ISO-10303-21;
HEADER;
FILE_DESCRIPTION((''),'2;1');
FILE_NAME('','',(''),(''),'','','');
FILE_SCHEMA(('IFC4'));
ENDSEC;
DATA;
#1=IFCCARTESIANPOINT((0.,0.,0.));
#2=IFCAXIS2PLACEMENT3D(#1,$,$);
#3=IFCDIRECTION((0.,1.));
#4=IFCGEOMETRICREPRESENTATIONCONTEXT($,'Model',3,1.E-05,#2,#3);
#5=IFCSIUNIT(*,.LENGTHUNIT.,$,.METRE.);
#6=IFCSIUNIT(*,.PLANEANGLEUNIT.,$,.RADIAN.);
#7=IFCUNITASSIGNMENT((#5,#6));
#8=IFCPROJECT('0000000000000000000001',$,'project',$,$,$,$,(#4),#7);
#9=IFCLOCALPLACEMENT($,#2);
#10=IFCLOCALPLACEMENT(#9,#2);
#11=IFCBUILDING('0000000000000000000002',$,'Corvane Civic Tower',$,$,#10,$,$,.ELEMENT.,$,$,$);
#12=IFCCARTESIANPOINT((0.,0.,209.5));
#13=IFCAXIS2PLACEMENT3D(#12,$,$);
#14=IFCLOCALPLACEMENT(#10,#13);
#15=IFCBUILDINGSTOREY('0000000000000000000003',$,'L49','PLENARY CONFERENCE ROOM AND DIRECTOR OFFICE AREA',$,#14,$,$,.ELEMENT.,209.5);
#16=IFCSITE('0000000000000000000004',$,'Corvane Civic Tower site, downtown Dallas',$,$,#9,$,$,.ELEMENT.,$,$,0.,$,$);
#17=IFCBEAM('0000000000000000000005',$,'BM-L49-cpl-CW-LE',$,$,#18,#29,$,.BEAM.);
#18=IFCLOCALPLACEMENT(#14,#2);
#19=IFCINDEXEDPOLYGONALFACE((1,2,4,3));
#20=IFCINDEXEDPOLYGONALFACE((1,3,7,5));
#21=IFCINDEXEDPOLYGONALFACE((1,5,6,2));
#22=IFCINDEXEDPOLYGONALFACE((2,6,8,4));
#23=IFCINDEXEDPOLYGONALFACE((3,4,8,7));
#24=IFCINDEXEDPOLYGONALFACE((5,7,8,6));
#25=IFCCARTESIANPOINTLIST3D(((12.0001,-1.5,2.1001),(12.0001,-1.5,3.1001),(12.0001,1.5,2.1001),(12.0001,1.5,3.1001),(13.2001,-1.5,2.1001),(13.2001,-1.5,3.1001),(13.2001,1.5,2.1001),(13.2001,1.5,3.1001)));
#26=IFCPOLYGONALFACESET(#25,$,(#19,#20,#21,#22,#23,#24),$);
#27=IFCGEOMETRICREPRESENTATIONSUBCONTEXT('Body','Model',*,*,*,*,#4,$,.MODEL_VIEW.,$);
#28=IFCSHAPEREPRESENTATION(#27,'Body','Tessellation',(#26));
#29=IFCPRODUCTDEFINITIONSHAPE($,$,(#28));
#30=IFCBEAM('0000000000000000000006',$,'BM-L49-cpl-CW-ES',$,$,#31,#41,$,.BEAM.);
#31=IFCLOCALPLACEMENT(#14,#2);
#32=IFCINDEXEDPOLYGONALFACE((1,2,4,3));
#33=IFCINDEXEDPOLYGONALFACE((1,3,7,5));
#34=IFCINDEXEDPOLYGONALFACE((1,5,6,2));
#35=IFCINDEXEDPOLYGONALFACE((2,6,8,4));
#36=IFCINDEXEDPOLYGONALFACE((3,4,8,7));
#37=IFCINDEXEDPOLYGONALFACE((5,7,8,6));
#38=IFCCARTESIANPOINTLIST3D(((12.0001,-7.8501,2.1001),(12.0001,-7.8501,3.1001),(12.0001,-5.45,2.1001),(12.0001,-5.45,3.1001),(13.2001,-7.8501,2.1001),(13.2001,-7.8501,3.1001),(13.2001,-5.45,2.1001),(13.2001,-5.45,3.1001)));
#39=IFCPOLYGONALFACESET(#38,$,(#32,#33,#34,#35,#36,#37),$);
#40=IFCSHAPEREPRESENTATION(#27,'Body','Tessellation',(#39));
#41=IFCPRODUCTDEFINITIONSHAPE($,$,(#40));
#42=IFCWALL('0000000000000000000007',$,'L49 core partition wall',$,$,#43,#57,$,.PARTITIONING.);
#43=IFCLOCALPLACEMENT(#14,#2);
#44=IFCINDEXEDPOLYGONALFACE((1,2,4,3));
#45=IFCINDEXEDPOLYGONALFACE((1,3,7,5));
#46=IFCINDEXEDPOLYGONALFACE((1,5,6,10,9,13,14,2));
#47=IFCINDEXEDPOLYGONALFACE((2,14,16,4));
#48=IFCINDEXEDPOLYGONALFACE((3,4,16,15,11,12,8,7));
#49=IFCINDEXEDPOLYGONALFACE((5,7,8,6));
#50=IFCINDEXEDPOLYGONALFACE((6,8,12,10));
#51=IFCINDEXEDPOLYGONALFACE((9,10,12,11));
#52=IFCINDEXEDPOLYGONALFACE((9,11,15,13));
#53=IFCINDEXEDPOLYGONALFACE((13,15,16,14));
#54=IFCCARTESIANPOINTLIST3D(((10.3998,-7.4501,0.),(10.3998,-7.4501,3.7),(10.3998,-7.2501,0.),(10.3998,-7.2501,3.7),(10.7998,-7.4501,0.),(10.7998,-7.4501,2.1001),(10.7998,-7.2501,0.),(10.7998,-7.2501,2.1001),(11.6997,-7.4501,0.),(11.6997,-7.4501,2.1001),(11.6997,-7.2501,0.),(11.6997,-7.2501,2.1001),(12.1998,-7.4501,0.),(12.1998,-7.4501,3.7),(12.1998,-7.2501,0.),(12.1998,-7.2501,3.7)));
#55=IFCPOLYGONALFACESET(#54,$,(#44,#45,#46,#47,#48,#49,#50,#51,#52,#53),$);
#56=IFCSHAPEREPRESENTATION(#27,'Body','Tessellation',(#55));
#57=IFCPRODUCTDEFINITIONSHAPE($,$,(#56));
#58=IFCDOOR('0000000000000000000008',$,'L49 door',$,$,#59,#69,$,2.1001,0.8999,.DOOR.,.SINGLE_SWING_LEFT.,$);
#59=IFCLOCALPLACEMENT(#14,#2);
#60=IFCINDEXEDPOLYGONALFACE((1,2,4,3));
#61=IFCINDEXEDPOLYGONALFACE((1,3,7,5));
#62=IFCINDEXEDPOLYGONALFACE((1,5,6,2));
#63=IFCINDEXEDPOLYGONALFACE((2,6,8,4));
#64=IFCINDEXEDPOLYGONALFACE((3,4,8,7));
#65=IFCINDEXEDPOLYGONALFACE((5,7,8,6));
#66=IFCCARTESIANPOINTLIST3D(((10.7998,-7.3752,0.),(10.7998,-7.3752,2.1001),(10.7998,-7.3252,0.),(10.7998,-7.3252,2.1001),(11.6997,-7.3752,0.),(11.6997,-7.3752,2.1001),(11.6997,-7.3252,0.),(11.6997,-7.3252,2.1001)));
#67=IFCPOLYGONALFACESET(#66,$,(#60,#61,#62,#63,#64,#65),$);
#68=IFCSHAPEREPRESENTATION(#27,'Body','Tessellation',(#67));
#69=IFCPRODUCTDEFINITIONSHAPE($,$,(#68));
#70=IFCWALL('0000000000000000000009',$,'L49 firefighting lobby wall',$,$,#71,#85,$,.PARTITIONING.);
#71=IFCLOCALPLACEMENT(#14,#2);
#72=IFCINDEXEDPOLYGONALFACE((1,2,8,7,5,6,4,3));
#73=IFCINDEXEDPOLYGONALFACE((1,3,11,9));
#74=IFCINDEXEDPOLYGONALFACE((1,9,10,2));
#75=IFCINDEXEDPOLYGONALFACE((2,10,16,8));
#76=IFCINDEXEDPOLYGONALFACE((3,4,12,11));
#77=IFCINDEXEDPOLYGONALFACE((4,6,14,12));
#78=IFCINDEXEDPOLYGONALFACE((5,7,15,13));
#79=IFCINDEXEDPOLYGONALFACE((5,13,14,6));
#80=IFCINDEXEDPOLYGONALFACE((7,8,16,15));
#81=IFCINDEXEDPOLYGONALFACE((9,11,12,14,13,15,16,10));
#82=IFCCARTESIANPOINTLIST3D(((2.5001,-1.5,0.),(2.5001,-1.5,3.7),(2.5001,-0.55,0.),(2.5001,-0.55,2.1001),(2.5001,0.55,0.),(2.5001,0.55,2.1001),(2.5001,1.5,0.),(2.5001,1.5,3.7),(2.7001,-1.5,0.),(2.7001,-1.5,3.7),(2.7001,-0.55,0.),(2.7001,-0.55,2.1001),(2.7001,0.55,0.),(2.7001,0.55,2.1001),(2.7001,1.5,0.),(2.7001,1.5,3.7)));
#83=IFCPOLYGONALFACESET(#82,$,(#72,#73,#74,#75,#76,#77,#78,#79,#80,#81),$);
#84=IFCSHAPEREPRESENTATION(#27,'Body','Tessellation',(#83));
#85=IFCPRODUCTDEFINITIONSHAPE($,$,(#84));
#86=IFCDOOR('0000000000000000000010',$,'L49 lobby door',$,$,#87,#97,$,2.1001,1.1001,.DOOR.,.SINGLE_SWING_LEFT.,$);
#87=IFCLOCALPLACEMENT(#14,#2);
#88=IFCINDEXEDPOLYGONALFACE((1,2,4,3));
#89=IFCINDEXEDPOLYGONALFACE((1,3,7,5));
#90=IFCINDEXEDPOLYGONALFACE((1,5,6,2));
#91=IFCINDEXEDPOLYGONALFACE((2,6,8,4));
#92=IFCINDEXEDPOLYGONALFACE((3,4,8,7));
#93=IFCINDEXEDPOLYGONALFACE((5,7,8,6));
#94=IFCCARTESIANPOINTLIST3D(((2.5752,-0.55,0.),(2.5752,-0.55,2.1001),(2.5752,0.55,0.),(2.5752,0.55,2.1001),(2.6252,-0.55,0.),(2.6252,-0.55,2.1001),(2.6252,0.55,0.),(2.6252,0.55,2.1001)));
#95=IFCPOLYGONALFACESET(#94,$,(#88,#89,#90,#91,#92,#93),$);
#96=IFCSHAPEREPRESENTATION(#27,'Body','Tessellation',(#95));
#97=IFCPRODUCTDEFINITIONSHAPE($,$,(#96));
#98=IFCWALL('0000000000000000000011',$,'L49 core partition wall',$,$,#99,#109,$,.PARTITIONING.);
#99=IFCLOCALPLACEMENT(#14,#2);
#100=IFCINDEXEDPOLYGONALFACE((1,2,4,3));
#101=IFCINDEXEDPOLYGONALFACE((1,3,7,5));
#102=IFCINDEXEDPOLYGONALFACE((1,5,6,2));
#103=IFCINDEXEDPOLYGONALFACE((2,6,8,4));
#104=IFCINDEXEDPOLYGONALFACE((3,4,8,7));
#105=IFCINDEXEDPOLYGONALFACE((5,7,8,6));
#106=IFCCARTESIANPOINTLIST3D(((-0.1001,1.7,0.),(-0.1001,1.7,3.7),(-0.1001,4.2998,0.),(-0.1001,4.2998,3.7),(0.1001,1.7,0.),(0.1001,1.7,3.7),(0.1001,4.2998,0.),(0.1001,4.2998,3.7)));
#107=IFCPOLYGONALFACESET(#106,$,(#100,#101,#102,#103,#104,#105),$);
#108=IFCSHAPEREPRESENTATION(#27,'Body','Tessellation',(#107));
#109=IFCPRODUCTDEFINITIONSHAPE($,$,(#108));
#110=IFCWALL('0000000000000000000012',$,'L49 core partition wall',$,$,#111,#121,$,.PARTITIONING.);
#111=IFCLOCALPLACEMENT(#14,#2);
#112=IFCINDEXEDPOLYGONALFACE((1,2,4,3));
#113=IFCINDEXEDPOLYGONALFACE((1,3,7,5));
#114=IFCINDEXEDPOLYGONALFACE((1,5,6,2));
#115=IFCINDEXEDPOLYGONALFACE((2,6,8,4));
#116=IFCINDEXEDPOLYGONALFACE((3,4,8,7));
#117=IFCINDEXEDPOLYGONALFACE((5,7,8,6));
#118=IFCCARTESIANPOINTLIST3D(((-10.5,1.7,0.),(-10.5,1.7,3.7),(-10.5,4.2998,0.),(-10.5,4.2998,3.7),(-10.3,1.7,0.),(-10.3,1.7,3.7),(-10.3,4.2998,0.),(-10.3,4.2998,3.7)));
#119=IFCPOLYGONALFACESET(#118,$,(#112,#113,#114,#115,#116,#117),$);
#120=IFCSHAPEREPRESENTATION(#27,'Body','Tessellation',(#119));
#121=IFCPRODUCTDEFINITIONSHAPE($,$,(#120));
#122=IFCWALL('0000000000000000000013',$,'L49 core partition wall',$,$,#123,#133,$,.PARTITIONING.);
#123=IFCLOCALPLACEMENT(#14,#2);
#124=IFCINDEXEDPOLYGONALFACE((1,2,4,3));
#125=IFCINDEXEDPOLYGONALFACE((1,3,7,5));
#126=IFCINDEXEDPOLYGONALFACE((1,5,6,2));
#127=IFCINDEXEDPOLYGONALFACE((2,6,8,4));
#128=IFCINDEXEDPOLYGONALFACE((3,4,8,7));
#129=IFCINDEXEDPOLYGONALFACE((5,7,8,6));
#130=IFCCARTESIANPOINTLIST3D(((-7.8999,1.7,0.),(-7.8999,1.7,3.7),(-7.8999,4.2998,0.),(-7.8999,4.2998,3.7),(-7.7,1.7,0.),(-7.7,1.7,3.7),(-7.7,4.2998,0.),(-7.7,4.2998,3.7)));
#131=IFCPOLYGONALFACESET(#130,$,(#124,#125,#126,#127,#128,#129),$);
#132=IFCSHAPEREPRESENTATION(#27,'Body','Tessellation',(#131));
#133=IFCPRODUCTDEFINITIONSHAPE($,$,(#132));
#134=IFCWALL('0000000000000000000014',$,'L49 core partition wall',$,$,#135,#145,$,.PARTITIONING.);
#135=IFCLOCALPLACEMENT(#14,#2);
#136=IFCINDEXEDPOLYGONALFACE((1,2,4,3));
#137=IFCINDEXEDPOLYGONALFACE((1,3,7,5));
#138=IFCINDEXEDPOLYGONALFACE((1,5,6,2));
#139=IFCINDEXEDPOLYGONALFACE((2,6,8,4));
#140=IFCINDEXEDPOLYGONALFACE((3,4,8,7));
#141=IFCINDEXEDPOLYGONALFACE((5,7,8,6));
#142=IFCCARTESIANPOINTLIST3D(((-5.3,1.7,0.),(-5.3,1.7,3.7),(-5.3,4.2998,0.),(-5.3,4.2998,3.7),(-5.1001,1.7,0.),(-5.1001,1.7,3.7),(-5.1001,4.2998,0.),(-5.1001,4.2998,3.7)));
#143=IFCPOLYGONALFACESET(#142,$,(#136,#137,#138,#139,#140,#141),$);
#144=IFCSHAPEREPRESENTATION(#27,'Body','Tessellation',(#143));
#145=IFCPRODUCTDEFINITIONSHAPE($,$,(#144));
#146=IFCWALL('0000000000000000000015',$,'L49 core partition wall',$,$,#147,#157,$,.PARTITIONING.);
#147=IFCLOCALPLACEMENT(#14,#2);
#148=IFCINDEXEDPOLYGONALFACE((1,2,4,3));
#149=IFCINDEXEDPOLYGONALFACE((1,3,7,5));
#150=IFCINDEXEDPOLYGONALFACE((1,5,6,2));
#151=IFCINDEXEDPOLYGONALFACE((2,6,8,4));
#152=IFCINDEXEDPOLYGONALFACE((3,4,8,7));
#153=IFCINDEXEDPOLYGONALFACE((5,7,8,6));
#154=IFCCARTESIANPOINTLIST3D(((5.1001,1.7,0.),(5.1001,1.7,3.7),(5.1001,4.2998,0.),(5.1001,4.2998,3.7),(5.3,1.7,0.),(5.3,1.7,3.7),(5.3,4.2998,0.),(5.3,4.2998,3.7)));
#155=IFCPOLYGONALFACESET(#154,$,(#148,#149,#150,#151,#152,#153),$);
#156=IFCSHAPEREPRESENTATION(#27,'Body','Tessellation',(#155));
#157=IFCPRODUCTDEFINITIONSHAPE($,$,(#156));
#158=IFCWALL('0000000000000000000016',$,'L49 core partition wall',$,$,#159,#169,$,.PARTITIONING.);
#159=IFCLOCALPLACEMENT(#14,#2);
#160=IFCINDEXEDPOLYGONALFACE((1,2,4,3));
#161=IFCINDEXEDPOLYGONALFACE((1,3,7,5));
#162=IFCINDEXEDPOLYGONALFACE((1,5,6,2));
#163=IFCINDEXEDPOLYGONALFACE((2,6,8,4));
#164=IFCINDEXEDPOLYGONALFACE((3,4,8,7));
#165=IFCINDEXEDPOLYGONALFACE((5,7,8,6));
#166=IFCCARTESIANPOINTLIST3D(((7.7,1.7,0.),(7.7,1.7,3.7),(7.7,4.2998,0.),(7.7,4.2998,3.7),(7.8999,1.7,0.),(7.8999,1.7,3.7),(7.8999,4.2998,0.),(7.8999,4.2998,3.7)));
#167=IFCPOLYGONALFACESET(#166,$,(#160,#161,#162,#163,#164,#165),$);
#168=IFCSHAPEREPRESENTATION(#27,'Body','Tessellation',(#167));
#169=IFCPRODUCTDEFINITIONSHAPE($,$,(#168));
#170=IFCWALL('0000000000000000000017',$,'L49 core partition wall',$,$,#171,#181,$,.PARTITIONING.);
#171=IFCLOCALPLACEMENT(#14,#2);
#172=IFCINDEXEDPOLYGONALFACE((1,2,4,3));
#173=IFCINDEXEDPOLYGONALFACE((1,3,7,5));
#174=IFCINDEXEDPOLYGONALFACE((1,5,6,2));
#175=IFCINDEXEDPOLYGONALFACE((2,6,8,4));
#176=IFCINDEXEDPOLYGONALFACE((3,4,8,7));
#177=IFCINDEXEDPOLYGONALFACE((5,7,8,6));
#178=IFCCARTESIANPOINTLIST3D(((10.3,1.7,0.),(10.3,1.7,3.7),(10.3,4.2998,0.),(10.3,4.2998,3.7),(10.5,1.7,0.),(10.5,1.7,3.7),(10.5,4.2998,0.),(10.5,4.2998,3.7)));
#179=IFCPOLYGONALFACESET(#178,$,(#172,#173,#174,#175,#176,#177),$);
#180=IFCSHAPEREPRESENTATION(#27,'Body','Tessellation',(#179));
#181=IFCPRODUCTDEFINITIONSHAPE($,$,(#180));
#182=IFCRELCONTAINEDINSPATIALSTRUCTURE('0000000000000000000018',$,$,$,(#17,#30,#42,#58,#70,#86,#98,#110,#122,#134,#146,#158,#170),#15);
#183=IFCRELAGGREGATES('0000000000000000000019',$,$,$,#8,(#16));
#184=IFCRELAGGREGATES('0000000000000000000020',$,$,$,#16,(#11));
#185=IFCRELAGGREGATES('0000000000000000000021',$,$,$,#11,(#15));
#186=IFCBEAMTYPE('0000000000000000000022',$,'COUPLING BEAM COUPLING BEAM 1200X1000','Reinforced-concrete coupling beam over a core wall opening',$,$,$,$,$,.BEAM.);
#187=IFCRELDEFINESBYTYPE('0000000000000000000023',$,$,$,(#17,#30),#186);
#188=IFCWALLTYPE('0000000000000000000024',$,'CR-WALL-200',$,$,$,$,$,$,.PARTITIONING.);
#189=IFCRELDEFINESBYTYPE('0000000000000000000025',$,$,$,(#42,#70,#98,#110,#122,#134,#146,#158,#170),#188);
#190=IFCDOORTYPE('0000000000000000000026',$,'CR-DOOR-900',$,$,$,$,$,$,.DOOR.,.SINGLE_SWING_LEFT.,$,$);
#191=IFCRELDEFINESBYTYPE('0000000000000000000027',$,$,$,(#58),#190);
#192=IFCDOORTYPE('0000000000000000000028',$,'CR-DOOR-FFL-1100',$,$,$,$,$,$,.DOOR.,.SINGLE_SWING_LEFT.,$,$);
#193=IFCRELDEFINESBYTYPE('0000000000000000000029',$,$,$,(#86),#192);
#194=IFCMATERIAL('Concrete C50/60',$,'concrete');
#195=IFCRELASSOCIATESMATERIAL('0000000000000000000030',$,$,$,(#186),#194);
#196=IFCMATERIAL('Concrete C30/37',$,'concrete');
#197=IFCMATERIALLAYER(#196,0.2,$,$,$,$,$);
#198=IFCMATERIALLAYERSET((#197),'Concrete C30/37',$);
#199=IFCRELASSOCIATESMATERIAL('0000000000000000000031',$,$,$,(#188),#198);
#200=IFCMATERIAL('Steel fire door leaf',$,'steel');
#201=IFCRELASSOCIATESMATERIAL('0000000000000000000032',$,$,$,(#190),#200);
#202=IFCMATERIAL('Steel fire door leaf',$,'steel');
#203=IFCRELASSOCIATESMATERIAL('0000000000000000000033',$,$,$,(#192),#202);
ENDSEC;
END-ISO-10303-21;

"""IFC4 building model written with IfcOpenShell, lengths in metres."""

from ifc_helpers import new_model, si_unit, direction, frame, frame_2d, origin, origin_2d, place, context, subcontext, project, spatial, polyline, rectangle, outline, extrude, material, layer, layer_set, material_profile, profile_set, type_object, element, fill, save


model = new_model("IFC4")

# Units and contexts
model_context = context("Model", 3, precision=1e-05, world=origin(), true_north=direction((0.0, 1.0)))
body_context = subcontext(model_context, "Body", "Model", "MODEL_VIEW")
ifc_project = project(units=[si_unit("LENGTHUNIT", "METRE"), si_unit("PLANEANGLEUNIT", "RADIAN")], contexts=[model_context])

# Site, building, storey
site_placement = place(None, origin())
site = spatial("IfcSite", under=ifc_project, at=site_placement, Name="Corvane Civic Tower site, downtown Dallas", CompositionType="ELEMENT", RefElevation=0.0)
building_placement = place(site_placement, origin())
building = spatial("IfcBuilding", under=site, at=building_placement, Name="Corvane Civic Tower", CompositionType="ELEMENT")
storey_placement = place(building_placement, frame((0.0, 0.0, 209.5)))
storey = spatial("IfcBuildingStorey", under=building, at=storey_placement, Name="L49", Description="PLENARY CONFERENCE ROOM AND DIRECTOR OFFICE AREA", CompositionType="ELEMENT", Elevation=209.5)

# Beams
ifc_material_1 = material(Name="Concrete C50/60", Category="concrete")
ifc_material_profile = material_profile(ifc_material_1, rectangle(XDim=1.2, YDim=1.0, at=origin_2d()), Name="COUPLING BEAM 1200X1000")
ifc_profile_set = profile_set([ifc_material_profile], Name="Concrete C50/60")
beam_type = type_object("IfcBeamType", Name="COUPLING BEAM COUPLING BEAM 1200X1000", Description="Reinforced-concrete coupling beam over a core wall opening", PredefinedType="BEAM", material=ifc_profile_set)
beam_1_placement = place(storey_placement, frame((12.6001, -1.5, 2.6001), z_axis=(0.0, 1.0, 0.0), x_axis=(-1.0, 0.0, 0.0)))
element("IfcBeam", 1, at=beam_1_placement, inside=storey, type_object=beam_type, Name="BM-L49-cpl-CW-LE", PredefinedType="BEAM", context=body_context, shape_type="SweptSolid", body=[
    extrude(rectangle(XDim=1.2, YDim=1.0, at=origin_2d()), origin(), (0.0, 0.0, 1.0), 3.0),
])
beam_2_placement = place(storey_placement, frame((12.6001, -7.8501, 2.6001), z_axis=(0.0, 1.0, 0.0), x_axis=(-1.0, 0.0, 0.0)))
element("IfcBeam", 2, at=beam_2_placement, inside=storey, type_object=beam_type, Name="BM-L49-cpl-CW-ES", PredefinedType="BEAM", context=body_context, shape_type="SweptSolid", body=[
    extrude(rectangle(XDim=1.2, YDim=1.0, at=origin_2d()), origin(), (0.0, 0.0, 1.0), 2.4001),
])

# Walls, openings, doors
ifc_material_2 = material(Name="Concrete C30/37", Category="concrete")
ifc_layer_1 = layer(ifc_material_2, 0.2)
ifc_layer_set_1 = layer_set([ifc_layer_1], Name="Concrete C30/37")
wall_type_1 = type_object("IfcWallType", Name="CR-WALL-200", PredefinedType="PARTITIONING", material=ifc_layer_set_1)
wall_1_placement = place(storey_placement, frame((10.3999, -7.3501, 0.0), z_axis=(0.0, 0.0, 1.0), x_axis=(1.0, 0.0, 0.0)))
wall_1 = element("IfcWall", 3, at=wall_1_placement, inside=storey, type_object=wall_type_1, Name="L49 core partition wall", PredefinedType="PARTITIONING", context=body_context, shape_type="SweptSolid", body=[
    extrude(rectangle(XDim=1.8, YDim=0.2, at=frame_2d((0.8999, 0.0))), origin(), (0.0, 0.0, 1.0), 3.7),
])
opening_1_placement = place(wall_1_placement, frame((0.3999, 0.0, 0.0)))
opening_1 = element("IfcOpeningElement", 4, at=opening_1_placement, cuts=wall_1, PredefinedType="OPENING", context=body_context, shape_type="SweptSolid", body=[
    extrude(rectangle(XDim=0.8999, YDim=2.1001, at=frame_2d((0.45, 1.05))), frame((0.0, 0.1099, 0.0), z_axis=(0.0, -1.0, 0.0), x_axis=(1.0, 0.0, 0.0)), (0.0, 0.0, 1.0), 0.22),
])
ifc_material_3 = material(Name="Steel fire door leaf", Category="steel")
door_type_1 = type_object("IfcDoorType", Name="CR-DOOR-900", OperationType="SINGLE_SWING_LEFT", PredefinedType="DOOR", material=ifc_material_3)
door_1_placement = place(opening_1_placement, origin())
door_1 = element("IfcDoor", 5, at=door_1_placement, inside=storey, type_object=door_type_1, Name="L49 door", OperationType="SINGLE_SWING_LEFT", OverallHeight=2.1001, OverallWidth=0.8999, PredefinedType="DOOR", context=body_context, shape_type="SweptSolid", body=[
    extrude(rectangle(XDim=0.8999, YDim=2.1001, at=frame_2d((0.45, 1.05))), frame((0.0, 0.0249, 0.0), z_axis=(0.0, -1.0, 0.0), x_axis=(1.0, 0.0, 0.0)), (0.0, 0.0, 1.0), 0.05),
])
fill(opening_1, door_1)
wall_2_placement = place(storey_placement, frame((2.6001, -1.5, 0.0), z_axis=(0.0, 0.0, 1.0), x_axis=(0.0, 1.0, 0.0)))
wall_2 = element("IfcWall", 6, at=wall_2_placement, inside=storey, type_object=wall_type_1, Name="L49 firefighting lobby wall", PredefinedType="PARTITIONING", context=body_context, shape_type="SweptSolid", body=[
    extrude(rectangle(XDim=3.0, YDim=0.2, at=frame_2d((1.5, 0.0))), origin(), (0.0, 0.0, 1.0), 3.7),
])
opening_2_placement = place(wall_2_placement, frame((0.95, 0.0, 0.0)))
opening_2 = element("IfcOpeningElement", 7, at=opening_2_placement, cuts=wall_2, PredefinedType="OPENING", context=body_context, shape_type="SweptSolid", body=[
    extrude(rectangle(XDim=1.1001, YDim=2.1001, at=frame_2d((0.55, 1.05))), frame((0.0, 0.1099, 0.0), z_axis=(0.0, -1.0, 0.0), x_axis=(1.0, 0.0, 0.0)), (0.0, 0.0, 1.0), 0.22),
])
ifc_material_4 = material(Name="Steel fire door leaf", Category="steel")
door_type_2 = type_object("IfcDoorType", Name="CR-DOOR-FFL-1100", OperationType="SINGLE_SWING_LEFT", PredefinedType="DOOR", material=ifc_material_4)
door_2_placement = place(opening_2_placement, origin())
door_2 = element("IfcDoor", 8, at=door_2_placement, inside=storey, type_object=door_type_2, Name="L49 lobby door", OperationType="SINGLE_SWING_LEFT", OverallHeight=2.1001, OverallWidth=1.1001, PredefinedType="DOOR", context=body_context, shape_type="SweptSolid", body=[
    extrude(rectangle(XDim=1.1001, YDim=2.1001, at=frame_2d((0.55, 1.05))), frame((0.0, 0.0249, 0.0), z_axis=(0.0, -1.0, 0.0), x_axis=(1.0, 0.0, 0.0)), (0.0, 0.0, 1.0), 0.05),
])
fill(opening_2, door_2)

# Walls
wall_3_placement = place(storey_placement, origin())
element("IfcWall", 9, at=wall_3_placement, inside=storey, type_object=wall_type_1, Name="L49 core partition wall", PredefinedType="PARTITIONING", context=body_context, shape_type="SweptSolid", body=[
    extrude(outline(polyline([(0.1001, 1.7), (-0.1001, 1.7), (-0.1001, 4.2998), (0.1001, 4.2998), (0.1001, 1.7)])), origin(), (0.0, 0.0, 1.0), 3.7),
])
wall_4_placement = place(storey_placement, origin())
element("IfcWall", 10, at=wall_4_placement, inside=storey, type_object=wall_type_1, Name="L49 core partition wall", PredefinedType="PARTITIONING", context=body_context, shape_type="SweptSolid", body=[
    extrude(outline(polyline([(-10.3, 1.7), (-10.5, 1.7), (-10.5, 4.2998), (-10.3, 4.2998), (-10.3, 1.7)])), origin(), (0.0, 0.0, 1.0), 3.7),
])
wall_5_placement = place(storey_placement, origin())
element("IfcWall", 11, at=wall_5_placement, inside=storey, type_object=wall_type_1, Name="L49 core partition wall", PredefinedType="PARTITIONING", context=body_context, shape_type="SweptSolid", body=[
    extrude(outline(polyline([(-7.7, 1.7), (-7.8999, 1.7), (-7.8999, 4.2998), (-7.7, 4.2998), (-7.7, 1.7)])), origin(), (0.0, 0.0, 1.0), 3.7),
])
wall_6_placement = place(storey_placement, origin())
element("IfcWall", 12, at=wall_6_placement, inside=storey, type_object=wall_type_1, Name="L49 core partition wall", PredefinedType="PARTITIONING", context=body_context, shape_type="SweptSolid", body=[
    extrude(outline(polyline([(-5.1001, 1.7), (-5.3, 1.7), (-5.3, 4.2998), (-5.1001, 4.2998), (-5.1001, 1.7)])), origin(), (0.0, 0.0, 1.0), 3.7),
])
wall_7_placement = place(storey_placement, origin())
element("IfcWall", 13, at=wall_7_placement, inside=storey, type_object=wall_type_1, Name="L49 core partition wall", PredefinedType="PARTITIONING", context=body_context, shape_type="SweptSolid", body=[
    extrude(outline(polyline([(5.3, 1.7), (5.1001, 1.7), (5.1001, 4.2998), (5.3, 4.2998), (5.3, 1.7)])), origin(), (0.0, 0.0, 1.0), 3.7),
])
wall_8_placement = place(storey_placement, origin())
element("IfcWall", 14, at=wall_8_placement, inside=storey, type_object=wall_type_1, Name="L49 core partition wall", PredefinedType="PARTITIONING", context=body_context, shape_type="SweptSolid", body=[
    extrude(outline(polyline([(7.8999, 1.7), (7.7, 1.7), (7.7, 4.2998), (7.8999, 4.2998), (7.8999, 1.7)])), origin(), (0.0, 0.0, 1.0), 3.7),
])
wall_9_placement = place(storey_placement, origin())
element("IfcWall", 15, at=wall_9_placement, inside=storey, type_object=wall_type_1, Name="L49 core partition wall", PredefinedType="PARTITIONING", context=body_context, shape_type="SweptSolid", body=[
    extrude(outline(polyline([(10.5, 1.7), (10.3, 1.7), (10.3, 4.2998), (10.5, 4.2998), (10.5, 1.7)])), origin(), (0.0, 0.0, 1.0), 3.7),
])

save(model, "model.ifc")
